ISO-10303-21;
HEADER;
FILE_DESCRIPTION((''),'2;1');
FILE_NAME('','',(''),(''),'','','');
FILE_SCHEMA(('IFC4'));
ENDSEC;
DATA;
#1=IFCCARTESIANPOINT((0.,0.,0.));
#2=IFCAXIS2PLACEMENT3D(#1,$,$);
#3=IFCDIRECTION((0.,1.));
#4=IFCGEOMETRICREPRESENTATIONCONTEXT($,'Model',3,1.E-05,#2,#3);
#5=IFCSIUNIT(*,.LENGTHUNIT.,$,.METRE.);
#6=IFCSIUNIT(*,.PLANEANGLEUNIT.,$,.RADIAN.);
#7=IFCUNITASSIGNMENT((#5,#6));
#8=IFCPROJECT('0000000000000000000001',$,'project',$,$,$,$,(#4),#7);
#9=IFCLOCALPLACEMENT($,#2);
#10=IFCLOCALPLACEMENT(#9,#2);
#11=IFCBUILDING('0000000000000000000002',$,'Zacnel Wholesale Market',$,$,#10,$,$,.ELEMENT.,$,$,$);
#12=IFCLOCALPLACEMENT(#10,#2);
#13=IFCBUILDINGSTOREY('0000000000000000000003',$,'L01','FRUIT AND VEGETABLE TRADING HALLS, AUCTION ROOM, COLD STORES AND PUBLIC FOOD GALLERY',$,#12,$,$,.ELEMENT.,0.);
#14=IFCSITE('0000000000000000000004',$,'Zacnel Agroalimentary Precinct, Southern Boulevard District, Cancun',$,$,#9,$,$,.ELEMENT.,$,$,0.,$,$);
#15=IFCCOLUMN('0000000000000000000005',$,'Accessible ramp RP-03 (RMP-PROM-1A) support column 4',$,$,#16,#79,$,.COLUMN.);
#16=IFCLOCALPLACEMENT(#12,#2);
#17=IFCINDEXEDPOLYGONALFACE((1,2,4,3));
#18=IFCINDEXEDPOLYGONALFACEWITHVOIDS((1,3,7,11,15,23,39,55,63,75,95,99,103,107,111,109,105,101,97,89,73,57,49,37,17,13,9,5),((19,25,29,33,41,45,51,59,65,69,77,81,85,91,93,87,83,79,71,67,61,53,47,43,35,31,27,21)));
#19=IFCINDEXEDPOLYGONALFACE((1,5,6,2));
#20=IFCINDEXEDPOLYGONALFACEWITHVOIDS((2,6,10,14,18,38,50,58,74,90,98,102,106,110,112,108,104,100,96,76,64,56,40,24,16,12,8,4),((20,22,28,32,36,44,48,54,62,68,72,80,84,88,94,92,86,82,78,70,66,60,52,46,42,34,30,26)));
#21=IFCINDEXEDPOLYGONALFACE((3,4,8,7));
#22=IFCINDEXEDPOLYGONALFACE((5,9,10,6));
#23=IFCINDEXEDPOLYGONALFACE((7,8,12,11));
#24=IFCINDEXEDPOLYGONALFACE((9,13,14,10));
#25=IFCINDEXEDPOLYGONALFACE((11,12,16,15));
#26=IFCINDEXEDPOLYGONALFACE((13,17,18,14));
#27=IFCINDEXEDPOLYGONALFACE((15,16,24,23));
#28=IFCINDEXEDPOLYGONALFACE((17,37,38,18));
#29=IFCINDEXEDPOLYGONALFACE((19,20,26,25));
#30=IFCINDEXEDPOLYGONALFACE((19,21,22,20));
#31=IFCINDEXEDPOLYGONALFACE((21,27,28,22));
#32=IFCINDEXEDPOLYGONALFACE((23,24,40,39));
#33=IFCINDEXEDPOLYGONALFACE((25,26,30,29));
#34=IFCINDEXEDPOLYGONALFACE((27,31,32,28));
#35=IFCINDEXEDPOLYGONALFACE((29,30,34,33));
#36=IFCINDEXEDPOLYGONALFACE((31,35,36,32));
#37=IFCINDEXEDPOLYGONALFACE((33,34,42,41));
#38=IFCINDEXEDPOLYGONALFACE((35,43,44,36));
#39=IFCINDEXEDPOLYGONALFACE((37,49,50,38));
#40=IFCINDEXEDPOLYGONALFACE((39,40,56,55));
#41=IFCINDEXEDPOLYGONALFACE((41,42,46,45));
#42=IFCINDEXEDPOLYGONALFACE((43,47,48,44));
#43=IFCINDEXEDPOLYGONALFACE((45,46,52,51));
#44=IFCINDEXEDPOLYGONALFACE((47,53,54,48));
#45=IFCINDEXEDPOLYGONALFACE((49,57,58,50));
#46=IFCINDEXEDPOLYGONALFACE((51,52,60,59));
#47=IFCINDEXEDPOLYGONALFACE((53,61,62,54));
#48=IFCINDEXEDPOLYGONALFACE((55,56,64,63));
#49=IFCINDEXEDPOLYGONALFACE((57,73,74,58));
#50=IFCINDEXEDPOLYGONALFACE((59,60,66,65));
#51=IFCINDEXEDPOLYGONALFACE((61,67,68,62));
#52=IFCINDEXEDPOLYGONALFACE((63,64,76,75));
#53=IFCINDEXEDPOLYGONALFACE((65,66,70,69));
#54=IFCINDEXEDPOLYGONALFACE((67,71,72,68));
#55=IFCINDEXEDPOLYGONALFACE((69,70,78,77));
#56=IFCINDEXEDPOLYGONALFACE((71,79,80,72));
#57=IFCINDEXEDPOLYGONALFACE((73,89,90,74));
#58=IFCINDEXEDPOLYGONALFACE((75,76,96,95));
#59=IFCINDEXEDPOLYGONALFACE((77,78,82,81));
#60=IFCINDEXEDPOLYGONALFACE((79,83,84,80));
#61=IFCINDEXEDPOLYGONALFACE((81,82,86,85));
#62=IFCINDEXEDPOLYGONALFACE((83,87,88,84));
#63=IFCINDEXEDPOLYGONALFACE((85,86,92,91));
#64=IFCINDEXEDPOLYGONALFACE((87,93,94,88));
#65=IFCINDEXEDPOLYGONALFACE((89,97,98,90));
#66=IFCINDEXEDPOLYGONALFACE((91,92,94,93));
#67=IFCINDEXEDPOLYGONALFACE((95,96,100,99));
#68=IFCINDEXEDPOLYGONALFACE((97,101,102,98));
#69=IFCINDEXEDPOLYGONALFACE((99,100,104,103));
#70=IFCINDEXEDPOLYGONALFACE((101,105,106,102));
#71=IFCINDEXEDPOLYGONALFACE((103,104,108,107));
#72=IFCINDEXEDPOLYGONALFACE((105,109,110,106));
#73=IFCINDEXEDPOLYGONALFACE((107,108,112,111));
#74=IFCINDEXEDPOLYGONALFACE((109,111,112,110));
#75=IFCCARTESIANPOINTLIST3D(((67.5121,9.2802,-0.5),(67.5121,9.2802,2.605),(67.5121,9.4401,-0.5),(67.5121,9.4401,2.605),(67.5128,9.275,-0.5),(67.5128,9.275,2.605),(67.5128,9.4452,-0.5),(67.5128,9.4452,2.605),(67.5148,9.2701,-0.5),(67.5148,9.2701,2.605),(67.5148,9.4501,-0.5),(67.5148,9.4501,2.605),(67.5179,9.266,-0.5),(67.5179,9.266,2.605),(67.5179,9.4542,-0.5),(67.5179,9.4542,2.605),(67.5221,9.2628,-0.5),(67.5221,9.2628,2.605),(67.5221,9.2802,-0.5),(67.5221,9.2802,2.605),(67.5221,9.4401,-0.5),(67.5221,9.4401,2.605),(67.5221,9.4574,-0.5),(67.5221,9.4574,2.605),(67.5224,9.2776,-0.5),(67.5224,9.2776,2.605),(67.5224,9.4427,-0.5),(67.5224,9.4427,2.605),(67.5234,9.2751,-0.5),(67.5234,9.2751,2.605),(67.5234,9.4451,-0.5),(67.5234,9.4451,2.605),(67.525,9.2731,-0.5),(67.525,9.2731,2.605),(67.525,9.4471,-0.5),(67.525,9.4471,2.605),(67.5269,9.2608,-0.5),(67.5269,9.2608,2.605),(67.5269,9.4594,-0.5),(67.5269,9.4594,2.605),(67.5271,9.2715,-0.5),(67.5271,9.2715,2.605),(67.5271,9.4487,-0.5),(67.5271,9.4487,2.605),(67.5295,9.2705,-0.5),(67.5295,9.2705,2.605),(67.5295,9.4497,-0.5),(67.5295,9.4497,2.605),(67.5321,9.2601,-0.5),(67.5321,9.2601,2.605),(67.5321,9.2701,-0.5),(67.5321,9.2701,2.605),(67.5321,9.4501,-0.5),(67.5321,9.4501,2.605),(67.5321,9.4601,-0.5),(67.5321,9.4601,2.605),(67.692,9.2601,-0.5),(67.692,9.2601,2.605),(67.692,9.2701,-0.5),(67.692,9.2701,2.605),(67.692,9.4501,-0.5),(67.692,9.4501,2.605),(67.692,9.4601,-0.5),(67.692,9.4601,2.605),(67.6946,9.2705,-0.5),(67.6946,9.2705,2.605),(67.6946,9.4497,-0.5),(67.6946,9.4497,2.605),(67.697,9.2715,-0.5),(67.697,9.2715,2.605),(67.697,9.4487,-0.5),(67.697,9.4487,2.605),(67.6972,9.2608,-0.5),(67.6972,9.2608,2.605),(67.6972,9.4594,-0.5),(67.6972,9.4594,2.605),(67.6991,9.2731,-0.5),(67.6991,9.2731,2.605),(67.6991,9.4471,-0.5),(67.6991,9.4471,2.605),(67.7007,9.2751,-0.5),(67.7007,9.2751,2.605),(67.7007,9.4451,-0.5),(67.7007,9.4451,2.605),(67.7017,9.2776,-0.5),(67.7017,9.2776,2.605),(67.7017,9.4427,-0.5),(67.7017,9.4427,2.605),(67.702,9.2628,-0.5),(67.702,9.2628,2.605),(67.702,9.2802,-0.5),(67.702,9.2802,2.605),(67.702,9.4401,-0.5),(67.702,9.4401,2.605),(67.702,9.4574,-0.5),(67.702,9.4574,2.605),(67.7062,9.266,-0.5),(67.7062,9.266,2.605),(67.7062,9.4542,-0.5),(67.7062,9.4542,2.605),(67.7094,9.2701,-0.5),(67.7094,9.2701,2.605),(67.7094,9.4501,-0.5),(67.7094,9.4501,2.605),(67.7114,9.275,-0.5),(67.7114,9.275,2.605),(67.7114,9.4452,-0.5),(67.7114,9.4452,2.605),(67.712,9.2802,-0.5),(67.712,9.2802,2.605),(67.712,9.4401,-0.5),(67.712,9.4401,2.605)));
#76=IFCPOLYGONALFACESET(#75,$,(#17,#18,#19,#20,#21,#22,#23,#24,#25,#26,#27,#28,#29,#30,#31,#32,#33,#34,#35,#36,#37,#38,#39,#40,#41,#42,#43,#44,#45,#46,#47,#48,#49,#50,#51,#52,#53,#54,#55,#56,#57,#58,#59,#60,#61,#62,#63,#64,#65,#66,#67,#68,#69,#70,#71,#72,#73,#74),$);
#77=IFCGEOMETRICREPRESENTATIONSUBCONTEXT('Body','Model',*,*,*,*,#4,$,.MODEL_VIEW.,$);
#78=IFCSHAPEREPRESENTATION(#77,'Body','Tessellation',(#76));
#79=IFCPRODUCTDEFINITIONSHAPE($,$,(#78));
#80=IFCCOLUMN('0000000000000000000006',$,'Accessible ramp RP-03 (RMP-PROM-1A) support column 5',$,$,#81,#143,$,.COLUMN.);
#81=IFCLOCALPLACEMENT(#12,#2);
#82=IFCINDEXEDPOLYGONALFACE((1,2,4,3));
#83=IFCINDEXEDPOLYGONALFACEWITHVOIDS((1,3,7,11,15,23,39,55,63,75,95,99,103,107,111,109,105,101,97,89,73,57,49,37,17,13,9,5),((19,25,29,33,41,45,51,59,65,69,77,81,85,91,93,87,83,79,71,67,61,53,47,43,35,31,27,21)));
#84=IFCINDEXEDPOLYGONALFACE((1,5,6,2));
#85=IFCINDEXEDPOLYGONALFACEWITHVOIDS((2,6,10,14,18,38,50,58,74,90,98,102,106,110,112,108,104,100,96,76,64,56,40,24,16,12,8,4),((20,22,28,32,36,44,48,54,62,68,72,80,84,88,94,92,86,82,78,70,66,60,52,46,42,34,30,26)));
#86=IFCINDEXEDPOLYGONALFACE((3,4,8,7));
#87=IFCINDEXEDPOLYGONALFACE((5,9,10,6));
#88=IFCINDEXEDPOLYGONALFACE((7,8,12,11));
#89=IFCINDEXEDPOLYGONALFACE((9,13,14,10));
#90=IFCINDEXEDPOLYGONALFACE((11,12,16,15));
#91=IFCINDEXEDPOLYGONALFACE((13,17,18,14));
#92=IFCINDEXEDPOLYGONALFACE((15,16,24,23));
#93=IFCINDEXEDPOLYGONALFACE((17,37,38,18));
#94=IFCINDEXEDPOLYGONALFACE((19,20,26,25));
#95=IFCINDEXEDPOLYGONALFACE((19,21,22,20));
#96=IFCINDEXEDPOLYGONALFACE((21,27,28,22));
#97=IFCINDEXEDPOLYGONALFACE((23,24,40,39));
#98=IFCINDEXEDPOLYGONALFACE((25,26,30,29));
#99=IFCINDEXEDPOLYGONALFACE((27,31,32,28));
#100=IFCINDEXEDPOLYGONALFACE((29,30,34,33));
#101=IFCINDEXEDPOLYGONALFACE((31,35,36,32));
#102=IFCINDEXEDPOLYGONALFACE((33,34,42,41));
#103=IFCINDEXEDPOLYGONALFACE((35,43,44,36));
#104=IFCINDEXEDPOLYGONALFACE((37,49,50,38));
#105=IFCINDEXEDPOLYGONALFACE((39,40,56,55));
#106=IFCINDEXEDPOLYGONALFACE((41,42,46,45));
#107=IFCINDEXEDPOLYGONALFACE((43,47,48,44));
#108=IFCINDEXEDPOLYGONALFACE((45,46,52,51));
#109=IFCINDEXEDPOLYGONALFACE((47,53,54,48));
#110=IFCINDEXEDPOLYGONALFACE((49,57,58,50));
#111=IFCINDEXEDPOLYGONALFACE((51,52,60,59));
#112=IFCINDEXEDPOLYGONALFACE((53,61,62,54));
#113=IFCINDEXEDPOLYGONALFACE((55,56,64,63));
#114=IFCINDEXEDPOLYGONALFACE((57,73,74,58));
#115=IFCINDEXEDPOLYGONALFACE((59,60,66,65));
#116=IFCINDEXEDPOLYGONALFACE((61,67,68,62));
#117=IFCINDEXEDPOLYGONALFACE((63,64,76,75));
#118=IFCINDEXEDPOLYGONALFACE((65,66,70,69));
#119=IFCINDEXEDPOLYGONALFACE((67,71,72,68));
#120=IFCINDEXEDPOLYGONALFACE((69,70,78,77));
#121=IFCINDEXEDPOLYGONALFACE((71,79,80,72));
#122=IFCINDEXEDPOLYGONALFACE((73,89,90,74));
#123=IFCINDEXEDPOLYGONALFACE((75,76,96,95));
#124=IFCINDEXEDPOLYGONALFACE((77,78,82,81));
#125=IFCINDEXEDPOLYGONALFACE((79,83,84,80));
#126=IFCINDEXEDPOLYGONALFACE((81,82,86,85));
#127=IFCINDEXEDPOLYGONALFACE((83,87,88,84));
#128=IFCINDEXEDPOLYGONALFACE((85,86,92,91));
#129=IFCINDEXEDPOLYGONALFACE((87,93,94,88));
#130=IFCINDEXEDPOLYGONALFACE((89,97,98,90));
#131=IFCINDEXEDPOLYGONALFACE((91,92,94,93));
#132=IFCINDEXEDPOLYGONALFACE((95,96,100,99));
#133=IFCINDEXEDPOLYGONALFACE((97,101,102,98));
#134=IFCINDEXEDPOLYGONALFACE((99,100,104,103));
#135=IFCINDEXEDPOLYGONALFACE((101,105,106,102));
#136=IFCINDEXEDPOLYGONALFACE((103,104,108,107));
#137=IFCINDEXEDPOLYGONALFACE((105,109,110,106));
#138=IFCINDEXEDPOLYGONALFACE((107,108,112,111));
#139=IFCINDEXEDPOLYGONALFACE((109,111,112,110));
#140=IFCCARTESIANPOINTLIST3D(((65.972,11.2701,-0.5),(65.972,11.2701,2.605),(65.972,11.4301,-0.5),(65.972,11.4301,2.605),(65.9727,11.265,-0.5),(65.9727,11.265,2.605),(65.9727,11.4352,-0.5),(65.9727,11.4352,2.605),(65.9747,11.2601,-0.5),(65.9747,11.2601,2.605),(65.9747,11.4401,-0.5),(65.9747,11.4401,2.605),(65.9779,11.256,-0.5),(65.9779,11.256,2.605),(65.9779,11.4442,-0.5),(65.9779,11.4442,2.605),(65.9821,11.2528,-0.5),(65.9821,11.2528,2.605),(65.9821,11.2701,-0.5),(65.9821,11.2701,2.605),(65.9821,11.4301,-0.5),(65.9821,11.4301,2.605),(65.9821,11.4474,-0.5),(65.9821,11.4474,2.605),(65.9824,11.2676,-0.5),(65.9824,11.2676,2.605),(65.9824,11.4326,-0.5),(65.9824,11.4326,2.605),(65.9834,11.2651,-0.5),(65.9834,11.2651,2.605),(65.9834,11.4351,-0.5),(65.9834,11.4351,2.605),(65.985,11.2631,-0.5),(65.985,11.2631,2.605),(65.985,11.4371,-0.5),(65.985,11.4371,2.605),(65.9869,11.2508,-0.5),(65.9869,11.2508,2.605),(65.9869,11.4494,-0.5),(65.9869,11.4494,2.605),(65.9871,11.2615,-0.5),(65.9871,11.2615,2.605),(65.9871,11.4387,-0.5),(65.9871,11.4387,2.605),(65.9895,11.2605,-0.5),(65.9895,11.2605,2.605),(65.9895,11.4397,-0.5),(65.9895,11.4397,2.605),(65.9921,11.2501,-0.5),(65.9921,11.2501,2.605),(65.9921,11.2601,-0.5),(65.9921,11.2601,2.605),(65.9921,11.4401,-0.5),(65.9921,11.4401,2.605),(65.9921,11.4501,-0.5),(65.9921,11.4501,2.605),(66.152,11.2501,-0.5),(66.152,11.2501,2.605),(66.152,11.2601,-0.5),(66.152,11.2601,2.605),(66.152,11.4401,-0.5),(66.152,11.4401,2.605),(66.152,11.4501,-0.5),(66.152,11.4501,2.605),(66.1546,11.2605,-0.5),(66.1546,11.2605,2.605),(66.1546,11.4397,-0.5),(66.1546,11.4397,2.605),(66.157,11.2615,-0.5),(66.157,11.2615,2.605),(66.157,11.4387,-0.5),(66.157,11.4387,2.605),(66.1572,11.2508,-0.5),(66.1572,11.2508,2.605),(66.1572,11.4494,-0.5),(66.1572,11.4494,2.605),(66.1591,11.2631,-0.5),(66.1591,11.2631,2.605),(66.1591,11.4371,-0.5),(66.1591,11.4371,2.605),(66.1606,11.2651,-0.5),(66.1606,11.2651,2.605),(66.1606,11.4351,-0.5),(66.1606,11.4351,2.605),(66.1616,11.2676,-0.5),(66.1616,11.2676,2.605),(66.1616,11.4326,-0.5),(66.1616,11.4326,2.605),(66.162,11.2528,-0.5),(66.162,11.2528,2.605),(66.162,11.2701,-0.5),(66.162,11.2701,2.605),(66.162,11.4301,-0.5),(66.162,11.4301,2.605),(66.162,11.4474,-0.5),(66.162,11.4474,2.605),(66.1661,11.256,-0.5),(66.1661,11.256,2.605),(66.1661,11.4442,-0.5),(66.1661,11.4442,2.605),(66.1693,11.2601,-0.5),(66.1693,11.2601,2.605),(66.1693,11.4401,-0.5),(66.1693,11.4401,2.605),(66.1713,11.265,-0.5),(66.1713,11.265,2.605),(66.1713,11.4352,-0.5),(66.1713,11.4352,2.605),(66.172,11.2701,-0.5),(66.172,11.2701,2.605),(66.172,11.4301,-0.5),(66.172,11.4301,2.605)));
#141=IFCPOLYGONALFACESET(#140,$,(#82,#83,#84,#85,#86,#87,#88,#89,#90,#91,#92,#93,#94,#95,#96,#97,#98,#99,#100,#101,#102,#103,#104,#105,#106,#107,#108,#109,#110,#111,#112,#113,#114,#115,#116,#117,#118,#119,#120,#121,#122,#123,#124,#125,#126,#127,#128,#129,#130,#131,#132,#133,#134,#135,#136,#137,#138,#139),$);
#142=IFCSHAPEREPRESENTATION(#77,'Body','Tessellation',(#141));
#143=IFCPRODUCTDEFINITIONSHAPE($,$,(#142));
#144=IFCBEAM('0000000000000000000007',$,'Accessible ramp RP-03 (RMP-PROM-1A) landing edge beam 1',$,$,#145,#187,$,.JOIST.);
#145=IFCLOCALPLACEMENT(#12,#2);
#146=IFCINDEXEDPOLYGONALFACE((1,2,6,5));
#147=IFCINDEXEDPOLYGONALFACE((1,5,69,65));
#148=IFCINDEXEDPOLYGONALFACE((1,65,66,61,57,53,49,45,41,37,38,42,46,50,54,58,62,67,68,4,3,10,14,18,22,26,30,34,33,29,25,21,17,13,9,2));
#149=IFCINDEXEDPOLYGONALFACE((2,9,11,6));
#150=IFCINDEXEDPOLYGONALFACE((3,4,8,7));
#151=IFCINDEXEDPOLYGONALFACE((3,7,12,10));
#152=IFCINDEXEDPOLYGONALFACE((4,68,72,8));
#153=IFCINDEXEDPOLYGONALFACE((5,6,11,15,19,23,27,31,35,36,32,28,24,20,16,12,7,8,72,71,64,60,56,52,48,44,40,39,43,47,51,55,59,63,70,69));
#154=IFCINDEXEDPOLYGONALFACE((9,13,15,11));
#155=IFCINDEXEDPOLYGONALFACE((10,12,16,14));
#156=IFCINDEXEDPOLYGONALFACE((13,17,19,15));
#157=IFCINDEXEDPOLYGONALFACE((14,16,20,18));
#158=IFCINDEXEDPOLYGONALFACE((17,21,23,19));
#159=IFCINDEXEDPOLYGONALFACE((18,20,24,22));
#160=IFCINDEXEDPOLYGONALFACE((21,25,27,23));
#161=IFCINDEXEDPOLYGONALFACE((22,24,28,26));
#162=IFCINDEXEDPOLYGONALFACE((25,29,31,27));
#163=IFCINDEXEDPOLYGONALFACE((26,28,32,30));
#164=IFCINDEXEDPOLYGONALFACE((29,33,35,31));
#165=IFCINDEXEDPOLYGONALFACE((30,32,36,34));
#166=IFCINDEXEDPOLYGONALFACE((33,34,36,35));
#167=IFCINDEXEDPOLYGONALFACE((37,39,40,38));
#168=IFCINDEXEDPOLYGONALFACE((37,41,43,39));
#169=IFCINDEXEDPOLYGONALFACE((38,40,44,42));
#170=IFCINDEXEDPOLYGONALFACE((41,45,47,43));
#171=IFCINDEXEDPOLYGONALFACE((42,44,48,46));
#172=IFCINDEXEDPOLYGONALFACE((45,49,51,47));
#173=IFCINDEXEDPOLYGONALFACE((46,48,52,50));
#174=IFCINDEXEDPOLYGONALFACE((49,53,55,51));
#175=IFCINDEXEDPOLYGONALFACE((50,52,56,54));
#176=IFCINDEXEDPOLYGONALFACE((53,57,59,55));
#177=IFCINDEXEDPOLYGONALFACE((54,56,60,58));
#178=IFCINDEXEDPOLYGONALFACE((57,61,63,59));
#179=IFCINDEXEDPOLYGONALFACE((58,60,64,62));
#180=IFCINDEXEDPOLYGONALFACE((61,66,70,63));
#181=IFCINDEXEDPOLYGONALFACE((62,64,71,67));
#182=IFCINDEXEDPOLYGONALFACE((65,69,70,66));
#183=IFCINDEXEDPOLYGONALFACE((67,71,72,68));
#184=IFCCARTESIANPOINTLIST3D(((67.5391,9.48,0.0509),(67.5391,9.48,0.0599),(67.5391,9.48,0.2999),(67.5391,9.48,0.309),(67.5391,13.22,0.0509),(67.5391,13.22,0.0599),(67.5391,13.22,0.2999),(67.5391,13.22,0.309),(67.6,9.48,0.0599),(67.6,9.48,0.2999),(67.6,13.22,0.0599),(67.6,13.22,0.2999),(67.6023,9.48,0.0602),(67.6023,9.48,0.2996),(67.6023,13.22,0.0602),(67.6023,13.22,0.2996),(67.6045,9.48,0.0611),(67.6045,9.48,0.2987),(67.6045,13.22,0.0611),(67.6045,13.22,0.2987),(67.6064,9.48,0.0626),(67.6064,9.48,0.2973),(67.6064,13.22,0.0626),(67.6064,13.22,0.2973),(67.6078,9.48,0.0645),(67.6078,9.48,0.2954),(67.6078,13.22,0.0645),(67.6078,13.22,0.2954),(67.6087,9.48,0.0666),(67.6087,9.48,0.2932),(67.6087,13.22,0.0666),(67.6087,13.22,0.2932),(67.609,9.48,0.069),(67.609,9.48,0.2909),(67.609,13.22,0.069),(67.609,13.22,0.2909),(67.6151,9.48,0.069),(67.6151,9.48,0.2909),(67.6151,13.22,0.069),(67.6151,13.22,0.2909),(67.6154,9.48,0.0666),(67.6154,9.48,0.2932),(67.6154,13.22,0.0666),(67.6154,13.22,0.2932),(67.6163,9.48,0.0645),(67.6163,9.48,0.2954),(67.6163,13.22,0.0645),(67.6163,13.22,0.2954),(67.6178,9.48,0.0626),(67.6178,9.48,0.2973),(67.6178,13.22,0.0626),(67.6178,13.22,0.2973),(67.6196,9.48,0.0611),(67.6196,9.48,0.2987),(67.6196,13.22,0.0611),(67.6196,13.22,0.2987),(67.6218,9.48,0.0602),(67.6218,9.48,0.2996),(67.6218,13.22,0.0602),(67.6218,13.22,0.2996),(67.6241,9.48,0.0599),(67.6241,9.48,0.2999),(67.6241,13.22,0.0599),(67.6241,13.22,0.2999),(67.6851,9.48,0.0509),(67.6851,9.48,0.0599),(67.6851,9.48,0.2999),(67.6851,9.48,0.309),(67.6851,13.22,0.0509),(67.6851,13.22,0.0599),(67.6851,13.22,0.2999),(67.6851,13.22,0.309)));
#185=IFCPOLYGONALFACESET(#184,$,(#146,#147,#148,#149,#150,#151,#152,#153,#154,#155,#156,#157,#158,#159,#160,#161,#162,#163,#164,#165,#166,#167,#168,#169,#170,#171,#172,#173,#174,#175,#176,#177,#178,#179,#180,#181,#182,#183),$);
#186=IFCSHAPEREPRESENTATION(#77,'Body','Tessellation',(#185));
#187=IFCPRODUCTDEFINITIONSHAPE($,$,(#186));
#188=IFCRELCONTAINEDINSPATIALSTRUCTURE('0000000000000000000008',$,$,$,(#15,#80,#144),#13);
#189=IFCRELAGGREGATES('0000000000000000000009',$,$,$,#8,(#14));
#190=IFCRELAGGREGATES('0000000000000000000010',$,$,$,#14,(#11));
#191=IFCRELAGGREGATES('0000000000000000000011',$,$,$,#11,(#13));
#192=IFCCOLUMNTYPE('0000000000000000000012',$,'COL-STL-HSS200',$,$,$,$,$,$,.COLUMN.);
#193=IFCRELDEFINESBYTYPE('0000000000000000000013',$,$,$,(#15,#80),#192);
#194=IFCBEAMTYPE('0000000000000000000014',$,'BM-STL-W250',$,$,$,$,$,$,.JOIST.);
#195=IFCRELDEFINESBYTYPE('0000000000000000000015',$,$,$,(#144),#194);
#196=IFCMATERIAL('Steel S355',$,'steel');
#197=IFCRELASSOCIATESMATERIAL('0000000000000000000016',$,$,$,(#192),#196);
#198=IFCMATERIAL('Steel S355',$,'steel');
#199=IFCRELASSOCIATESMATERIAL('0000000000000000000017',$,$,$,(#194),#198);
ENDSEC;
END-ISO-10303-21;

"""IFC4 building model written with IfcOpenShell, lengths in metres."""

from ifc_helpers import new_model, si_unit, direction, frame, origin, origin_2d, place, context, subcontext, project, spatial, hollow_rectangle, i_section, extrude, material, material_profile, profile_set, type_object, element, save


model = new_model("IFC4")

# Units and contexts
model_context = context("Model", 3, precision=1e-05, world=origin(), true_north=direction((0.0, 1.0)))
body_context = subcontext(model_context, "Body", "Model", "MODEL_VIEW")
ifc_project = project(units=[si_unit("LENGTHUNIT", "METRE"), si_unit("PLANEANGLEUNIT", "RADIAN")], contexts=[model_context])

# Site, building, storey
site_placement = place(None, origin())
site = spatial("IfcSite", under=ifc_project, at=site_placement, Name="Zacnel Agroalimentary Precinct, Southern Boulevard District, Cancun", CompositionType="ELEMENT", RefElevation=0.0)
building_placement = place(site_placement, origin())
building = spatial("IfcBuilding", under=site, at=building_placement, Name="Zacnel Wholesale Market", CompositionType="ELEMENT")
storey_placement = place(building_placement, origin())
storey = spatial("IfcBuildingStorey", under=building, at=storey_placement, Name="L01", Description="FRUIT AND VEGETABLE TRADING HALLS, AUCTION ROOM, COLD STORES AND PUBLIC FOOD GALLERY", CompositionType="ELEMENT", Elevation=0.0)

# Columns
ifc_material_1 = material(Name="Steel S355", Category="steel")
ifc_material_profile_1 = material_profile(ifc_material_1, hollow_rectangle(XDim=0.2, YDim=0.2, WallThickness=0.01, InnerFilletRadius=0.01, OuterFilletRadius=0.02, at=origin_2d()), Name="HSS 200x200x10")
ifc_profile_set_1 = profile_set([ifc_material_profile_1], Name="Steel S355")
column_type_1 = type_object("IfcColumnType", Name="COL-STL-HSS200", PredefinedType="COLUMN", material=ifc_profile_set_1)
for number, where, z_axis, x_axis, name in (
    (1, (67.6121, 9.3601, -0.5), (0.0, 0.0, 1.0), (1.0, 0.0, 0.0), "Accessible ramp RP-03 (RMP-PROM-1A) support column 4"),
    (2, (66.072, 11.3501, -0.5), (0.0, 0.0, 1.0), (1.0, 0.0, 0.0), "Accessible ramp RP-03 (RMP-PROM-1A) support column 5"),
):
    element("IfcColumn", number, at=place(storey_placement, frame(where, z_axis=z_axis, x_axis=x_axis)), inside=storey, type_object=column_type_1, Name=name, PredefinedType="COLUMN", context=body_context, shape_type="SweptSolid", body=[
        extrude(hollow_rectangle(XDim=0.2, YDim=0.2, WallThickness=0.01, InnerFilletRadius=0.01, OuterFilletRadius=0.02, at=origin_2d()), origin(), (0.0, 0.0, 1.0), 3.105),
    ])

# Beam
ifc_material_2 = material(Name="Steel S355", Category="steel")
ifc_material_profile_2 = material_profile(ifc_material_2, i_section(OverallWidth=0.146, OverallDepth=0.2581, WebThickness=0.0061, FlangeThickness=0.009, FilletRadius=0.009, at=origin_2d()), Name="W250X32.7")
ifc_profile_set_2 = profile_set([ifc_material_profile_2], Name="Steel S355")
beam_type = type_object("IfcBeamType", Name="BM-STL-W250", PredefinedType="JOIST", material=ifc_profile_set_2)
for number, where, z_axis, x_axis, name in (
    (3, (67.6121, 9.48, 0.1799), (0.0, 1.0, 0.0), (-1.0, 0.0, 0.0), "Accessible ramp RP-03 (RMP-PROM-1A) landing edge beam 1"),
):
    element("IfcBeam", number, at=place(storey_placement, frame(where, z_axis=z_axis, x_axis=x_axis)), inside=storey, type_object=beam_type, Name=name, PredefinedType="JOIST", context=body_context, shape_type="SweptSolid", body=[
        extrude(i_section(OverallWidth=0.146, OverallDepth=0.2581, WebThickness=0.0061, FlangeThickness=0.009, FilletRadius=0.009, at=origin_2d()), origin(), (0.0, 0.0, 1.0), 3.74),
    ])

save(model, "model.ifc")
